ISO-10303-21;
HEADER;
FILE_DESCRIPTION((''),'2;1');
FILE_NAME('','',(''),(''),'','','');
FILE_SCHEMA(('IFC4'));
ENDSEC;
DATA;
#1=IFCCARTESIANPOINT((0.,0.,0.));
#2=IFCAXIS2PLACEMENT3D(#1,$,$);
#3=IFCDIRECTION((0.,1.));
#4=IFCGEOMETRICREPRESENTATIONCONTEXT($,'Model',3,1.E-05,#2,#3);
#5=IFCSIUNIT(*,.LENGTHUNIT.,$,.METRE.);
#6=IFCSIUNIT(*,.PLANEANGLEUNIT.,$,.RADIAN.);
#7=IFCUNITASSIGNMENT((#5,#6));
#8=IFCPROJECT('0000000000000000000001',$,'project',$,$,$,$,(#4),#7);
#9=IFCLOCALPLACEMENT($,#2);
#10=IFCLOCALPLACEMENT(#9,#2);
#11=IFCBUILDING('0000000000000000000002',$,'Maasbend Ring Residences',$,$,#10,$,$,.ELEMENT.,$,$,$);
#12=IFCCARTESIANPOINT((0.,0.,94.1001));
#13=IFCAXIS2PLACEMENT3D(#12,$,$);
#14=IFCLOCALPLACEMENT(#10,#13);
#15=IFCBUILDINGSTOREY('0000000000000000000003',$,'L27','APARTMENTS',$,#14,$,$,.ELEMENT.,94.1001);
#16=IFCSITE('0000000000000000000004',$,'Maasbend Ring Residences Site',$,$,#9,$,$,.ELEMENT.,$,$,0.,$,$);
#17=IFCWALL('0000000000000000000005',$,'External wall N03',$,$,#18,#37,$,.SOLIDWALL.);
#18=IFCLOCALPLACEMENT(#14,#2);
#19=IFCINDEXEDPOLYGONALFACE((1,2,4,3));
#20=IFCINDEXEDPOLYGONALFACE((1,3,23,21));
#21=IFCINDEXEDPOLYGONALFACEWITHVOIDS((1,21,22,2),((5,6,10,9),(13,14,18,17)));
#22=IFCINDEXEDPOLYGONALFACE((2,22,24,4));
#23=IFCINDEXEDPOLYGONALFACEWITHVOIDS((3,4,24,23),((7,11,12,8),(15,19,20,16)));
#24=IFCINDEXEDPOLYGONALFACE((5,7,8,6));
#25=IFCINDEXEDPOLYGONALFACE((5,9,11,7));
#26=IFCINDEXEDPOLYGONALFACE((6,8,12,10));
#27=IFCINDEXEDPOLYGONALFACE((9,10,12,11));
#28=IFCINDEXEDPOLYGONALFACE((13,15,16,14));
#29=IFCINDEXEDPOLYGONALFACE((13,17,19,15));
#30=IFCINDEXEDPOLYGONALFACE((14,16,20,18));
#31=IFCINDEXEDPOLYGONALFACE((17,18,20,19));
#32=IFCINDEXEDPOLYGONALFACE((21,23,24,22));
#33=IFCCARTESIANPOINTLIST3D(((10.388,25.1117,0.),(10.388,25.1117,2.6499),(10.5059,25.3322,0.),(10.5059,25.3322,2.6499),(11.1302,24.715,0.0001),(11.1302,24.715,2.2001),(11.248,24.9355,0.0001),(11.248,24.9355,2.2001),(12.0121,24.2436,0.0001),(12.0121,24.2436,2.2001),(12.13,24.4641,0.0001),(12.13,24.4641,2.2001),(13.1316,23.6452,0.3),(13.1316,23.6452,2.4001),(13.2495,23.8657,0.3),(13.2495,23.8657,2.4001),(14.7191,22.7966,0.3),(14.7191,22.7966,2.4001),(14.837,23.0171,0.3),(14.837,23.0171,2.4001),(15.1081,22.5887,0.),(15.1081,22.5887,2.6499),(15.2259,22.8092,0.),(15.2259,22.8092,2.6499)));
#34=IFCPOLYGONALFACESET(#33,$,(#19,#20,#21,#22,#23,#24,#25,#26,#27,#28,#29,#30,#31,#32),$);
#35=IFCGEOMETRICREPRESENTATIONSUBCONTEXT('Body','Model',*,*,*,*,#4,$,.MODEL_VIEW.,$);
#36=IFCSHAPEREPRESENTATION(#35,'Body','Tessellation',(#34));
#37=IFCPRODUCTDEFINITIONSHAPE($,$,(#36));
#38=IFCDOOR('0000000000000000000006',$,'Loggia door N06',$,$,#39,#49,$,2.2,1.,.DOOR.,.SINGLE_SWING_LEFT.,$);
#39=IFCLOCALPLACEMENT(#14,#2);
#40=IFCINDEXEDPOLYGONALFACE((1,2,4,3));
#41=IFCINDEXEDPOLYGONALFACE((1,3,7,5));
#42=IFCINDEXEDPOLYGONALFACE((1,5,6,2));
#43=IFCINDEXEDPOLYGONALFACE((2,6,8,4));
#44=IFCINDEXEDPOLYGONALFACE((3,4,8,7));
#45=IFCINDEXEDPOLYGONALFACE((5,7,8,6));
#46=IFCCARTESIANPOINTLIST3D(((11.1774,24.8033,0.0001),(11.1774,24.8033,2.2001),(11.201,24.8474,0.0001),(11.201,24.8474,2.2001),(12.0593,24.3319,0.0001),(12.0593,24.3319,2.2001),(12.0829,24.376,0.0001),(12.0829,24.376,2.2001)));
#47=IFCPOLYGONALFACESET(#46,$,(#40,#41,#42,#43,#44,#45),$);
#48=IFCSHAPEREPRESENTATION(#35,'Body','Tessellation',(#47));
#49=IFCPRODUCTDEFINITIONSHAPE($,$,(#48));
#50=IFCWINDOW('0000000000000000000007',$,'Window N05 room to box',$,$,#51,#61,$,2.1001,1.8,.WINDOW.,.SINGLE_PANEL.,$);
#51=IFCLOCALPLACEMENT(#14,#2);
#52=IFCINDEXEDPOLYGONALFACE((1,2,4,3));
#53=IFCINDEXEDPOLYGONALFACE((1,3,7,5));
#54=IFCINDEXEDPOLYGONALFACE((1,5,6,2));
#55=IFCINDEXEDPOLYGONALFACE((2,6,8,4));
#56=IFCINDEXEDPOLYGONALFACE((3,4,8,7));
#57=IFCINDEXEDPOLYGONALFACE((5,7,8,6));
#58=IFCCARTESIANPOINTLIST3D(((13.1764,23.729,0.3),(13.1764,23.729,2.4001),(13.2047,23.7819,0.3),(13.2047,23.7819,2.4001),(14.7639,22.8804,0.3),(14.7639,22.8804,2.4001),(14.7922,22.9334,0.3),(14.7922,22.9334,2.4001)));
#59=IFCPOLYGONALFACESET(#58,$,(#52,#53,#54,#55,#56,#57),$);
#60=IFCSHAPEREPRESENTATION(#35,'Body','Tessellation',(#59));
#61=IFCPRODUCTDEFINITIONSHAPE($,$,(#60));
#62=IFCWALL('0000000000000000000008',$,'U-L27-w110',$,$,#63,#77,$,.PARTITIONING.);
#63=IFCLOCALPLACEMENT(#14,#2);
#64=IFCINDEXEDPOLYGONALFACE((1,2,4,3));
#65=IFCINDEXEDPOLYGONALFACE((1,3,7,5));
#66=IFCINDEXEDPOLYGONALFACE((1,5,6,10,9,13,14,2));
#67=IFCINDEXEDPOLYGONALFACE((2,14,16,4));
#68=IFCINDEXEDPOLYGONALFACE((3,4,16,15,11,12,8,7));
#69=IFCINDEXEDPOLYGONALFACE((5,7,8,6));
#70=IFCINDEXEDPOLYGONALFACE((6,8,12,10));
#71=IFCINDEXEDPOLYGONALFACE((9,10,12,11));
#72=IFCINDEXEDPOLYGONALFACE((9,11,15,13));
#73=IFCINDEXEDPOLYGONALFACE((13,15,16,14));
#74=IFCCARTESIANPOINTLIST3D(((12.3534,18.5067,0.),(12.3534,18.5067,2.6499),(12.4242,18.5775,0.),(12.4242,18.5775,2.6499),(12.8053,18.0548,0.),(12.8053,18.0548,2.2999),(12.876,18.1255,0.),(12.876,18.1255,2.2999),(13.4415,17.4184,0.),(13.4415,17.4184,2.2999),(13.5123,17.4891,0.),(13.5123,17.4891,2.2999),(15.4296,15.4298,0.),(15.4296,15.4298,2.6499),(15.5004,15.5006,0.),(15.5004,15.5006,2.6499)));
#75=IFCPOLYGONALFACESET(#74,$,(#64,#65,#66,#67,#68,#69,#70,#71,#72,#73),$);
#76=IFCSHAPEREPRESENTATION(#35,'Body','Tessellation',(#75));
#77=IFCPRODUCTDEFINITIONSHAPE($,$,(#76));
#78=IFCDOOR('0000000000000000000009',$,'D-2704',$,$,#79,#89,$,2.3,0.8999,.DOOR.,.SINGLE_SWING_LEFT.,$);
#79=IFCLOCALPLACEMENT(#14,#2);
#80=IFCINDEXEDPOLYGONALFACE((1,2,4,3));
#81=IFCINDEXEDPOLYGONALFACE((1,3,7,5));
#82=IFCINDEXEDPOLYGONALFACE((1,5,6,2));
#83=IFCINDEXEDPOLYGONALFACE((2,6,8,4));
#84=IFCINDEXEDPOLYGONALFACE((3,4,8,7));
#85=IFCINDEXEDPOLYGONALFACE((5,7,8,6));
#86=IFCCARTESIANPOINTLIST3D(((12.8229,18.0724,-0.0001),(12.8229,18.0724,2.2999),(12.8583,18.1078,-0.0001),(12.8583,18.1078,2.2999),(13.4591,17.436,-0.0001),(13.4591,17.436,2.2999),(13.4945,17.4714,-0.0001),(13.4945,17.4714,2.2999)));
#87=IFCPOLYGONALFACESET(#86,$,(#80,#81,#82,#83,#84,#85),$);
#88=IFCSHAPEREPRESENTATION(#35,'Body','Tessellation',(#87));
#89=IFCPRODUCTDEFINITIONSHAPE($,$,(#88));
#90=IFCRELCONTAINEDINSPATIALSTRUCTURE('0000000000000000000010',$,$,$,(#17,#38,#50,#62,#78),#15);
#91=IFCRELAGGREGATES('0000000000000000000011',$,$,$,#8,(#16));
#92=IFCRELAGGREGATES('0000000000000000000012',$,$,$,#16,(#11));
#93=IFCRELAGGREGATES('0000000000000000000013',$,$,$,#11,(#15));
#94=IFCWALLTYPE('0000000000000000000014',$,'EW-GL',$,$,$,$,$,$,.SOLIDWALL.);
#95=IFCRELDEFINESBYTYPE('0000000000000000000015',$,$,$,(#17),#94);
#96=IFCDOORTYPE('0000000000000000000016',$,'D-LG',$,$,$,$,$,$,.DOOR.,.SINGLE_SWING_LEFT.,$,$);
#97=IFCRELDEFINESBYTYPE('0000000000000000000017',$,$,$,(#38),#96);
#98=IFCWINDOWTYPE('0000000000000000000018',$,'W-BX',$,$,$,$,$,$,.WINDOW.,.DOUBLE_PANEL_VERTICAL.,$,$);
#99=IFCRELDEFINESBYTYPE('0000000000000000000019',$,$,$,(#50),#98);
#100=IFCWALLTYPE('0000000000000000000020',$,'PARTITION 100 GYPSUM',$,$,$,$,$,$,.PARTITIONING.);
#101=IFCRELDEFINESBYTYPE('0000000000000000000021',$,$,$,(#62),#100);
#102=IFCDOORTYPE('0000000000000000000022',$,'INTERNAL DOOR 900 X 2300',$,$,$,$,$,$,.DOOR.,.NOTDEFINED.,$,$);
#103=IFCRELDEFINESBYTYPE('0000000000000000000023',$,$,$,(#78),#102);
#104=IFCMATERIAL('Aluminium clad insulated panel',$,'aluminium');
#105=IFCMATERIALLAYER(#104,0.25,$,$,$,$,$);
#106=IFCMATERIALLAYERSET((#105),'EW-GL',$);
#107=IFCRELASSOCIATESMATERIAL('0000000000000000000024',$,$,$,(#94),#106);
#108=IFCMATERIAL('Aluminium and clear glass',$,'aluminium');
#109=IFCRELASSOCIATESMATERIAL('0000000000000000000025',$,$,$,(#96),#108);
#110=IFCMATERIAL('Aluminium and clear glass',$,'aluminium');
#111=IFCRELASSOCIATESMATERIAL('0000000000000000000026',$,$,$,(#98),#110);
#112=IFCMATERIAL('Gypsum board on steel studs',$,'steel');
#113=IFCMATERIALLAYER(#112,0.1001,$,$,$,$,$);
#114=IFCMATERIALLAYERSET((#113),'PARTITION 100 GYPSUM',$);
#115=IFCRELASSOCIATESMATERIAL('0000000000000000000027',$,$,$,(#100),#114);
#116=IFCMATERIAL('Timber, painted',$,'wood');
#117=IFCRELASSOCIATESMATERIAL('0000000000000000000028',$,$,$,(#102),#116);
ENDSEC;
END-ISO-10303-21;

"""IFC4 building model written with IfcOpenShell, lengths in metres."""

from ifc_helpers import new_model, si_unit, direction, frame, frame_2d, origin, place, context, subcontext, project, spatial, rectangle, extrude, material, layer, layer_set, type_object, element, fill, save


model = new_model("IFC4")

# Units and contexts
model_context = context("Model", 3, precision=1e-05, world=origin(), true_north=direction((0.0, 1.0)))
body_context = subcontext(model_context, "Body", "Model", "MODEL_VIEW")
ifc_project = project(units=[si_unit("LENGTHUNIT", "METRE"), si_unit("PLANEANGLEUNIT", "RADIAN")], contexts=[model_context])

# Site, building, storey
site_placement = place(None, origin())
site = spatial("IfcSite", under=ifc_project, at=site_placement, Name="Maasbend Ring Residences Site", CompositionType="ELEMENT", RefElevation=0.0)
building_placement = place(site_placement, origin())
building = spatial("IfcBuilding", under=site, at=building_placement, Name="Maasbend Ring Residences", CompositionType="ELEMENT")
storey_placement = place(building_placement, frame((0.0, 0.0, 94.1001)))
storey = spatial("IfcBuildingStorey", under=building, at=storey_placement, Name="L27", Description="APARTMENTS", CompositionType="ELEMENT", Elevation=94.1001)

# Wall, openings, door, window
ifc_material_1 = material(Name="Aluminium clad insulated panel", Category="aluminium")
ifc_layer_1 = layer(ifc_material_1, 0.25)
ifc_layer_set_1 = layer_set([ifc_layer_1], Name="EW-GL")
wall_type_1 = type_object("IfcWallType", Name="EW-GL", PredefinedType="SOLIDWALL", material=ifc_layer_set_1)
ifc_material_2 = material(Name="Aluminium and clear glass", Category="aluminium")
door_type_1 = type_object("IfcDoorType", Name="D-LG", OperationType="SINGLE_SWING_LEFT", PredefinedType="DOOR", material=ifc_material_2)
ifc_material_3 = material(Name="Aluminium and clear glass", Category="aluminium")
window_type_1 = type_object("IfcWindowType", Name="W-BX", PartitioningType="DOUBLE_PANEL_VERTICAL", PredefinedType="WINDOW", material=ifc_material_3)
wall_1_placement = place(storey_placement, frame((15.167, 22.699, 0.0), z_axis=(0.0, 0.0, 1.0), x_axis=(-0.881916, 0.471407, 0.0)))
wall_1 = element("IfcWall", 1, at=wall_1_placement, inside=storey, type_object=wall_type_1, Name="External wall N03", PredefinedType="SOLIDWALL", context=body_context, shape_type="SweptSolid", body=[
    extrude(rectangle(XDim=5.3521, YDim=0.25, at=frame_2d((2.676, 0.0))), origin(), (0.0, 0.0, 1.0), 2.6499),
])
opening_1_placement = place(wall_1_placement, frame((0.4412, 0.0, 0.3)))
opening_1 = element("IfcOpeningElement", 2, at=opening_1_placement, cuts=wall_1, PredefinedType="OPENING", context=body_context, shape_type="SweptSolid", body=[
    extrude(rectangle(XDim=1.8, YDim=2.1001, at=frame_2d((0.8999, 1.05))), frame((0.0, 0.135, 0.0), z_axis=(0.0, -1.0, 0.0), x_axis=(1.0, 0.0, 0.0)), (0.0, 0.0, 1.0), 0.27),
])
opening_2_placement = place(wall_1_placement, frame((3.5105, 0.0, 0.0)))
opening_2 = element("IfcOpeningElement", 3, at=opening_2_placement, cuts=wall_1, PredefinedType="OPENING", context=body_context, shape_type="SweptSolid", body=[
    extrude(rectangle(XDim=1.0, YDim=2.2, at=frame_2d((0.5, 1.1001))), frame((0.0, 0.135, 0.0), z_axis=(0.0, -1.0, 0.0), x_axis=(1.0, 0.0, 0.0)), (0.0, 0.0, 1.0), 0.27),
])
door_1_placement = place(opening_2_placement, origin())
door_1 = element("IfcDoor", 4, at=door_1_placement, inside=storey, type_object=door_type_1, Name="Loggia door N06", OperationType="SINGLE_SWING_LEFT", OverallHeight=2.2, OverallWidth=1.0, PredefinedType="DOOR", context=body_context, shape_type="SweptSolid", body=[
    extrude(rectangle(XDim=1.0, YDim=2.2, at=frame_2d((0.5, 1.1001))), frame((0.0, 0.0249, 0.0), z_axis=(0.0, -1.0, 0.0), x_axis=(1.0, 0.0, 0.0)), (0.0, 0.0, 1.0), 0.05),
])
fill(opening_2, door_1)
window_1_placement = place(opening_1_placement, origin())
window_1 = element("IfcWindow", 5, at=window_1_placement, inside=storey, type_object=window_type_1, Name="Window N05 room to box", OverallHeight=2.1001, OverallWidth=1.8, PartitioningType="SINGLE_PANEL", PredefinedType="WINDOW", context=body_context, shape_type="SweptSolid", body=[
    extrude(rectangle(XDim=1.8, YDim=2.1001, at=frame_2d((0.8999, 1.05))), frame((0.0, 0.03, 0.0), z_axis=(0.0, -1.0, 0.0), x_axis=(1.0, 0.0, 0.0)), (0.0, 0.0, 1.0), 0.0601),
])
fill(opening_1, window_1)

# Wall, opening, door
ifc_material_4 = material(Name="Gypsum board on steel studs", Category="steel")
ifc_layer_2 = layer(ifc_material_4, 0.1001)
ifc_layer_set_2 = layer_set([ifc_layer_2], Name="PARTITION 100 GYPSUM")
wall_type_2 = type_object("IfcWallType", Name="PARTITION 100 GYPSUM", PredefinedType="PARTITIONING", material=ifc_layer_set_2)
wall_2_placement = place(storey_placement, frame((12.3889, 18.542, 0.0), z_axis=(0.0, 0.0, 1.0), x_axis=(0.707023, -0.707191, 0.0)))
wall_2 = element("IfcWall", 6, at=wall_2_placement, inside=storey, type_object=wall_type_2, Name="U-L27-w110", PredefinedType="PARTITIONING", context=body_context, shape_type="SweptSolid", body=[
    extrude(rectangle(XDim=4.3508, YDim=0.1001, at=frame_2d((2.1753, 0.0))), origin(), (0.0, 0.0, 1.0), 2.6499),
])
opening_3_placement = place(wall_2_placement, frame((0.6389, 0.0, 0.0)))
opening_3 = element("IfcOpeningElement", 7, at=opening_3_placement, cuts=wall_2, PredefinedType="OPENING", context=body_context, shape_type="SweptSolid", body=[
    extrude(rectangle(XDim=0.8999, YDim=2.3, at=frame_2d((0.45, 1.1499))), frame((0.0, 0.0601, 0.0), z_axis=(0.0, -1.0, 0.0), x_axis=(1.0, 0.0, 0.0)), (0.0, 0.0, 1.0), 0.1201),
])
ifc_material_5 = material(Name="Timber, painted", Category="wood")
door_type_2 = type_object("IfcDoorType", Name="INTERNAL DOOR 900 X 2300", OperationType="NOTDEFINED", PredefinedType="DOOR", material=ifc_material_5)
door_2_placement = place(opening_3_placement, origin())
door_2 = element("IfcDoor", 8, at=door_2_placement, inside=storey, type_object=door_type_2, Name="D-2704", OperationType="SINGLE_SWING_LEFT", OverallHeight=2.3, OverallWidth=0.8999, PredefinedType="DOOR", context=body_context, shape_type="SweptSolid", body=[
    extrude(rectangle(XDim=0.8999, YDim=2.3, at=frame_2d((0.45, 1.1499))), frame((0.0, 0.0249, 0.0), z_axis=(0.0, -1.0, 0.0), x_axis=(1.0, 0.0, 0.0)), (0.0, 0.0, 1.0), 0.05),
])
fill(opening_3, door_2)

save(model, "model.ifc")
